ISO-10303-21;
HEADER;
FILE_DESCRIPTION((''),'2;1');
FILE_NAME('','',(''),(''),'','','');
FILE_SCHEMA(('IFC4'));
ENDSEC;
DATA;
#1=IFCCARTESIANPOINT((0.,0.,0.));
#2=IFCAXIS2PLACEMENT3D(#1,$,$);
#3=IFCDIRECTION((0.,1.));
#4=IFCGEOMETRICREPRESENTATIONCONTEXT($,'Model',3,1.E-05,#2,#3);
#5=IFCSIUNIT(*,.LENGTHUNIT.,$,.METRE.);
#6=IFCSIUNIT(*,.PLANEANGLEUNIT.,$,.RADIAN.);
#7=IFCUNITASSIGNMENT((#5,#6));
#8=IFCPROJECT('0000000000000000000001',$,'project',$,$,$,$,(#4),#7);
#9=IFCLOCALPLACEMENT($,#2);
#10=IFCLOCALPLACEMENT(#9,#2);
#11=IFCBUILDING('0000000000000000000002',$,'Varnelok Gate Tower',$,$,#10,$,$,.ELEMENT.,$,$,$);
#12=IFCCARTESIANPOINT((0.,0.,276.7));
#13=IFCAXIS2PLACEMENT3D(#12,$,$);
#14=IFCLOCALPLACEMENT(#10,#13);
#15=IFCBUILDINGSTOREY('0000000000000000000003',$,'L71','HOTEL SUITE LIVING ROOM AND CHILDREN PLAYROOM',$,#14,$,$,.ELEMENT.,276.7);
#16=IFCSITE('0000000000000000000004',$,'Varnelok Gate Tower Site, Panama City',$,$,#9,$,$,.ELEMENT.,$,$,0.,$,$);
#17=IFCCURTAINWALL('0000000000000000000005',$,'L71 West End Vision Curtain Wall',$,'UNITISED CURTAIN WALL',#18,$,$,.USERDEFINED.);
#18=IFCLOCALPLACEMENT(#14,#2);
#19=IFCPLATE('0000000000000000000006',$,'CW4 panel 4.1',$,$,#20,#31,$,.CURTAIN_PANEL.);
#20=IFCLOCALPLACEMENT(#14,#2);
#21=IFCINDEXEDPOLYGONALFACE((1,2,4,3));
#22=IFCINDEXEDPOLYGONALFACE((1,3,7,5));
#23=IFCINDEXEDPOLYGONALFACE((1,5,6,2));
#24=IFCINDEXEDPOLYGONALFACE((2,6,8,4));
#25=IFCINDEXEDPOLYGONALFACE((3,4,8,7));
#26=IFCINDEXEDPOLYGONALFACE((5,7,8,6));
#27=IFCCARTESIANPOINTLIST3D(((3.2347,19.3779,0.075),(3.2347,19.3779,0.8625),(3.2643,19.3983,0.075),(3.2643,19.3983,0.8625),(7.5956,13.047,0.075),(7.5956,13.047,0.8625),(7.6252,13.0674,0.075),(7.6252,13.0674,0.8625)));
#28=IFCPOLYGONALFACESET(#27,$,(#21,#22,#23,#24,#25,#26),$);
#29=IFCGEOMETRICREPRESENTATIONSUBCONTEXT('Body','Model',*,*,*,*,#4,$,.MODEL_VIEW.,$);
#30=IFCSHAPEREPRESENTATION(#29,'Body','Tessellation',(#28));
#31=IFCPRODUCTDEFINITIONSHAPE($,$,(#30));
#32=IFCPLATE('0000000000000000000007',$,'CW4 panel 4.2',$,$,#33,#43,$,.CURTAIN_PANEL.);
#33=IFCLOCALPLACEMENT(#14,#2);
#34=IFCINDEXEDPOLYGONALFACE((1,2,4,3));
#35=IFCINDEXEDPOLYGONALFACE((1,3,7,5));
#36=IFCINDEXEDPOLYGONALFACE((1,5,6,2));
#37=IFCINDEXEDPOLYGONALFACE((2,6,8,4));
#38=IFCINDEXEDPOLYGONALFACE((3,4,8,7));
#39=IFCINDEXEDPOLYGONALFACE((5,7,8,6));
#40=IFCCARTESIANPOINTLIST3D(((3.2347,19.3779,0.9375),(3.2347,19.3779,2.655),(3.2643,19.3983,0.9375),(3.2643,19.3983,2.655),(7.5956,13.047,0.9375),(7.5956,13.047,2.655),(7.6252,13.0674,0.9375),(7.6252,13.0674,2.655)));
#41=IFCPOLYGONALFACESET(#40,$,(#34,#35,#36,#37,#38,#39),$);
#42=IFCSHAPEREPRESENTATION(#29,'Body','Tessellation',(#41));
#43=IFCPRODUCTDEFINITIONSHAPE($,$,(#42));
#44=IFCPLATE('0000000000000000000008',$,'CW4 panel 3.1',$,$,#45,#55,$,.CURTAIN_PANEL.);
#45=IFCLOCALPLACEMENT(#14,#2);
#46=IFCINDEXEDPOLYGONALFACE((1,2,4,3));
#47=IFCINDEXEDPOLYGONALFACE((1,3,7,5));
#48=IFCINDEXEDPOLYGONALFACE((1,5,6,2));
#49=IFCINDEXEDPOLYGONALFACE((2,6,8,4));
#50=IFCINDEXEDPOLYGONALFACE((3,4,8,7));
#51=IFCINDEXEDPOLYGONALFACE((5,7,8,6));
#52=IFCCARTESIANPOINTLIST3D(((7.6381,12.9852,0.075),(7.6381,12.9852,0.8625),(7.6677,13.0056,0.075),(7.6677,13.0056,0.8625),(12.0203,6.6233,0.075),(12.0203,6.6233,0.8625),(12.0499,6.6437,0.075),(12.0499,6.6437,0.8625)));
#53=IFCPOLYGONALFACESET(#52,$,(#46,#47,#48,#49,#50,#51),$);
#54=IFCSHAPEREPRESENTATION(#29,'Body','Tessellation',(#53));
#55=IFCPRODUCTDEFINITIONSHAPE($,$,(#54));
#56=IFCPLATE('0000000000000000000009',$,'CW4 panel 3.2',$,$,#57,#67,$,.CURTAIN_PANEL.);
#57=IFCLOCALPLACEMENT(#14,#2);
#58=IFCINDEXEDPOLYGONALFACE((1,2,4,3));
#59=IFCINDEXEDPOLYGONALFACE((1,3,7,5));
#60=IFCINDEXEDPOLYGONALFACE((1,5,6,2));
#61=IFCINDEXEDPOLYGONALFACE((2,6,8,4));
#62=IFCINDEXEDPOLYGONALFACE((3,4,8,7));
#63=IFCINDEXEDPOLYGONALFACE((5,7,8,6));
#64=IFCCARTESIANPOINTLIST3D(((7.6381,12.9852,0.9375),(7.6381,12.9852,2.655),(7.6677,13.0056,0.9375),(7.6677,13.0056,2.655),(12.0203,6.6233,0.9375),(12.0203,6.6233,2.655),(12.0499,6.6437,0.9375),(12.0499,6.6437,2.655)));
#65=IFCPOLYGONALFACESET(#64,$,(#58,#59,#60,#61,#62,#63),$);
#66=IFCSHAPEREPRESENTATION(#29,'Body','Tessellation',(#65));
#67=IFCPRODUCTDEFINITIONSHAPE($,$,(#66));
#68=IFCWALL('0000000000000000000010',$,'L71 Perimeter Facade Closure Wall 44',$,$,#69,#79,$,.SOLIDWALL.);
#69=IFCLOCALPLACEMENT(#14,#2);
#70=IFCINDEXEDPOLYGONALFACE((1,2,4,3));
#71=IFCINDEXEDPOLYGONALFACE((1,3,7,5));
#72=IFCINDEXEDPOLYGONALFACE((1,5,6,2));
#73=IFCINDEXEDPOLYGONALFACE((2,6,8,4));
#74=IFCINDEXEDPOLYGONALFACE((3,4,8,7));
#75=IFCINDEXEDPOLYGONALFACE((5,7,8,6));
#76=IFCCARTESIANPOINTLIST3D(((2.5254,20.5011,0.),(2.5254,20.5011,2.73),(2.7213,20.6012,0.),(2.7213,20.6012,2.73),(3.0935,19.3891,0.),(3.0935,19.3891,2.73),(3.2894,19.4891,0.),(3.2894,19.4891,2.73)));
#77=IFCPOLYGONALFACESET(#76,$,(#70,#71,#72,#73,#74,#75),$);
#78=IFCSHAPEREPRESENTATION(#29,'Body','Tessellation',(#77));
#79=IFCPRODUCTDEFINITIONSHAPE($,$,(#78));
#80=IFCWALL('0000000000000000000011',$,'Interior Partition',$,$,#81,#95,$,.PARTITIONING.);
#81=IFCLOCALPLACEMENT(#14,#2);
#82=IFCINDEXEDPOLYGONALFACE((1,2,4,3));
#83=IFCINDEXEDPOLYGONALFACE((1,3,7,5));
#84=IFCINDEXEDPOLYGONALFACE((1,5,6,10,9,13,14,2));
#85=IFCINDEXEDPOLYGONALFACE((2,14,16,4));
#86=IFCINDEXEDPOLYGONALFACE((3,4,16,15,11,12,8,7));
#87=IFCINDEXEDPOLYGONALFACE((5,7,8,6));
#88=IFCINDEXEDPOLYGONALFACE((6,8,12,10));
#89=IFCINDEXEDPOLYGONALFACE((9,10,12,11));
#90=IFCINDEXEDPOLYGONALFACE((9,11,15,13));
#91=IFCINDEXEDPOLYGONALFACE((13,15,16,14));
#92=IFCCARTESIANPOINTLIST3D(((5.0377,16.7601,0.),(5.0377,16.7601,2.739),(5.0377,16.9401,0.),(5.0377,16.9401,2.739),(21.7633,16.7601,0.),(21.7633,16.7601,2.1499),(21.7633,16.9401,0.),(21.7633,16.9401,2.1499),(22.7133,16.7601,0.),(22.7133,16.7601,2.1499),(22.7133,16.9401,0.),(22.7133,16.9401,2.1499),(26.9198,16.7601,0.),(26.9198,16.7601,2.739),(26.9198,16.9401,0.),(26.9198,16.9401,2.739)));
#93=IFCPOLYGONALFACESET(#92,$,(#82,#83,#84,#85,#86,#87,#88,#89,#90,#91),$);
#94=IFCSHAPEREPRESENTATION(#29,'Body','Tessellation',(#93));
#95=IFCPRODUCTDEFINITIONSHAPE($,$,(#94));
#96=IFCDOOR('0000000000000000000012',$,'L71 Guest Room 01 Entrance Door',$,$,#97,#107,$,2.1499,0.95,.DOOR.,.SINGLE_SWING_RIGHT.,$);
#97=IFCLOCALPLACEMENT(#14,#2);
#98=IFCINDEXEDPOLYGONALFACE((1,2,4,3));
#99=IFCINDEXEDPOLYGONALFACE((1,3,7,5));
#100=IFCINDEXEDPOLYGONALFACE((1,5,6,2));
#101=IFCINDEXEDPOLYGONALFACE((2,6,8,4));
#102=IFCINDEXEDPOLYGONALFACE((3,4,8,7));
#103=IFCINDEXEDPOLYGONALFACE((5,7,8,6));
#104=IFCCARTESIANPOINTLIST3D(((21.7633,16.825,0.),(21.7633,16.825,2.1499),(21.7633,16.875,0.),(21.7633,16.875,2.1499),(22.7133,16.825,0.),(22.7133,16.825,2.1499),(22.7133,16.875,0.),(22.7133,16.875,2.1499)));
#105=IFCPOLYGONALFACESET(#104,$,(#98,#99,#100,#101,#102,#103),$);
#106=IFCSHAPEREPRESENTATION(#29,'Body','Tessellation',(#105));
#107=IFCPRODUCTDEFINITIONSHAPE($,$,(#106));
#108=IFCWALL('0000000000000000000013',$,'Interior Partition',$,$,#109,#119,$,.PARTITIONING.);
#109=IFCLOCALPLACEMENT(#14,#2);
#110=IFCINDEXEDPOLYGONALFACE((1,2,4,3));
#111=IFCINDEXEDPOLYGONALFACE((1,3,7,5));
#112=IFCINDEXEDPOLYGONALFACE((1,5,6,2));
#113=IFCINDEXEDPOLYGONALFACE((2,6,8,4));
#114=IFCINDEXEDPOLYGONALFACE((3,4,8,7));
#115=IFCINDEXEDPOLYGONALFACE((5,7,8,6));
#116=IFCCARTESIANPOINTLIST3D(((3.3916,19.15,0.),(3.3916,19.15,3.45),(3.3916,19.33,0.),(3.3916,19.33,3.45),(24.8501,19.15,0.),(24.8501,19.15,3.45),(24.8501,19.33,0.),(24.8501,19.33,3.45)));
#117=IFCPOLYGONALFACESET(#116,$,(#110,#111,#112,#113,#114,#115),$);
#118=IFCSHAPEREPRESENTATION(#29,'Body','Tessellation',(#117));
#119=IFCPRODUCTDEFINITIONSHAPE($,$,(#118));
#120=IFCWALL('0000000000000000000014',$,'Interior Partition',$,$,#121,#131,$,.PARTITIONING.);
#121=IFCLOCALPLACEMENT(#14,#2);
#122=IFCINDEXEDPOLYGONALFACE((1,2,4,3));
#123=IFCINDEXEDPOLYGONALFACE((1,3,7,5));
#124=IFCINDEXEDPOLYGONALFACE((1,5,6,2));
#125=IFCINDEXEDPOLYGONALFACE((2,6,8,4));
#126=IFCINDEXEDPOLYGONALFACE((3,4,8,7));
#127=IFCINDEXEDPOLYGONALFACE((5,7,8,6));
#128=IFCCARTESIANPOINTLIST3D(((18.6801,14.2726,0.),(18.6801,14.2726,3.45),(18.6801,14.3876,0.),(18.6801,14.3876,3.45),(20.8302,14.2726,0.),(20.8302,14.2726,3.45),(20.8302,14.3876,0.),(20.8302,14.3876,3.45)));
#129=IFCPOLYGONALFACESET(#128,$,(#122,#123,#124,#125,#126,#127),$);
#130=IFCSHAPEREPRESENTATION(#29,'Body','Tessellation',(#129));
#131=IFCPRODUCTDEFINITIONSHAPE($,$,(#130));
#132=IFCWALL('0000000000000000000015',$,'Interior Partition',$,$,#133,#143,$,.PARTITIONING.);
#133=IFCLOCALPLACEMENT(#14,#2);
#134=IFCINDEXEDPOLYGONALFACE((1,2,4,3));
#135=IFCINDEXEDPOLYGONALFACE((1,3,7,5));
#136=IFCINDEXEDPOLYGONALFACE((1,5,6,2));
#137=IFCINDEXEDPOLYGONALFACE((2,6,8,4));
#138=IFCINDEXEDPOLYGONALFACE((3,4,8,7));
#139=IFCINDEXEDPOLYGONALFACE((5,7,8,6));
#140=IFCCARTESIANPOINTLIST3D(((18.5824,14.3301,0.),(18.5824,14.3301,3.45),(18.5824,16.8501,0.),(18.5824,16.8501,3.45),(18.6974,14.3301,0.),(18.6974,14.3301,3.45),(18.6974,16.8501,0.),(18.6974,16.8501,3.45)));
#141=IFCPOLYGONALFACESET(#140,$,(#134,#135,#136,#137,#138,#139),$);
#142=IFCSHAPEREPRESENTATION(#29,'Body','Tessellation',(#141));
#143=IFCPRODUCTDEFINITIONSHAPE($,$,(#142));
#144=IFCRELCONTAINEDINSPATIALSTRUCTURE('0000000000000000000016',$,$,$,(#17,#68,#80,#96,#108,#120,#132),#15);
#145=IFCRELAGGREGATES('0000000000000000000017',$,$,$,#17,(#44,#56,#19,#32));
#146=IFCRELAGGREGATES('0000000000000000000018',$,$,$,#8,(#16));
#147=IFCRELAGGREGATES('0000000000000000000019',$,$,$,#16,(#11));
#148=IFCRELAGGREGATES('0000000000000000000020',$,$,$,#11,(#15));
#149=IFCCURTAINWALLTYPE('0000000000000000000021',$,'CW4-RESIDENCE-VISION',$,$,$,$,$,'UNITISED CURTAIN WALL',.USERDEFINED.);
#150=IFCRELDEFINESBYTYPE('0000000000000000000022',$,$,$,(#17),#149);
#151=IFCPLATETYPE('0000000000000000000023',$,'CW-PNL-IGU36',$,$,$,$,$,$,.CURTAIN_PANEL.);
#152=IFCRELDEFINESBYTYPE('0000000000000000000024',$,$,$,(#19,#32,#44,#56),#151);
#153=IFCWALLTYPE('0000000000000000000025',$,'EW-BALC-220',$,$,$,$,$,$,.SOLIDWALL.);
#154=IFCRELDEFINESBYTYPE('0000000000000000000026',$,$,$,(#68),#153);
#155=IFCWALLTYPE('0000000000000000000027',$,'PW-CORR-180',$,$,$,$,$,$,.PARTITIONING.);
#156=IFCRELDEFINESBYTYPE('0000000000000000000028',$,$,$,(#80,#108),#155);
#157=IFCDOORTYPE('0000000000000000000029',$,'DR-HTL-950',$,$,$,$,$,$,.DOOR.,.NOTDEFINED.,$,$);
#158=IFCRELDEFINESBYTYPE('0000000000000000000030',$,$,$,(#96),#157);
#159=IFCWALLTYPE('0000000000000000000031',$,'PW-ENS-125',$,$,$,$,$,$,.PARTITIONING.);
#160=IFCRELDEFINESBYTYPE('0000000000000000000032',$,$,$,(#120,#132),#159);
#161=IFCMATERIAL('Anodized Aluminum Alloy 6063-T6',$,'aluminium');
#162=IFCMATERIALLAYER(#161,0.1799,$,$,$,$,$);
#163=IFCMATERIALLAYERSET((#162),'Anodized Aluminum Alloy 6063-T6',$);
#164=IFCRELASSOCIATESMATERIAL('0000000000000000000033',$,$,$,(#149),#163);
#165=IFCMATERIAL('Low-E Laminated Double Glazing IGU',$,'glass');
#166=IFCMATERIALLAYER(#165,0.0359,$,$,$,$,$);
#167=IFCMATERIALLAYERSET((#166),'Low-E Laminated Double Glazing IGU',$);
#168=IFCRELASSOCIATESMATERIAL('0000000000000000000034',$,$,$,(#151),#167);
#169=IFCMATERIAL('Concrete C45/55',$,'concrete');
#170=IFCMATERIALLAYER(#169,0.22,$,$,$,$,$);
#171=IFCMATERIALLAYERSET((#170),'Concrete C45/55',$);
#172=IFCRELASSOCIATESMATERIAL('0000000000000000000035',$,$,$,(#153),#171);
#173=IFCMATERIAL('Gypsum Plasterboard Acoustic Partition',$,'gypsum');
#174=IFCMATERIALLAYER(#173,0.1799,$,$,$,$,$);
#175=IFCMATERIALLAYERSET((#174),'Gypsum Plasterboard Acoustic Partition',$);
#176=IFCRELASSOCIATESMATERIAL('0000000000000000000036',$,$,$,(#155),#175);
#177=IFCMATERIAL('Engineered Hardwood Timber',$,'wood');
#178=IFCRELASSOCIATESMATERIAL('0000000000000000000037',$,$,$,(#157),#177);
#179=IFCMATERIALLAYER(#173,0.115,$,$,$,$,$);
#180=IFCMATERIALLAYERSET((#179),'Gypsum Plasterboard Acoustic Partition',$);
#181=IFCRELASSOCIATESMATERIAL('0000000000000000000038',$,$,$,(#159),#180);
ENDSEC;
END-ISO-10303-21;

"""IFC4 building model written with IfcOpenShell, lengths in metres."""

from ifc_helpers import new_model, si_unit, direction, frame, frame_2d, origin, origin_2d, place, context, subcontext, project, spatial, rectangle, extrude, source, transform, mapped, material, layer, layer_set, type_object, element, fill, aggregate, save


model = new_model("IFC4")

# Units and contexts
model_context = context("Model", 3, precision=1e-05, world=origin(), true_north=direction((0.0, 1.0)))
body_context = subcontext(model_context, "Body", "Model", "MODEL_VIEW")
ifc_project = project(units=[si_unit("LENGTHUNIT", "METRE"), si_unit("PLANEANGLEUNIT", "RADIAN")], contexts=[model_context])

# Site, building, storey
site_placement = place(None, origin())
site = spatial("IfcSite", under=ifc_project, at=site_placement, Name="Varnelok Gate Tower Site, Panama City", CompositionType="ELEMENT", RefElevation=0.0)
building_placement = place(site_placement, origin())
building = spatial("IfcBuilding", under=site, at=building_placement, Name="Varnelok Gate Tower", CompositionType="ELEMENT")
storey_placement = place(building_placement, frame((0.0, 0.0, 276.7)))
storey = spatial("IfcBuildingStorey", under=building, at=storey_placement, Name="L71", Description="HOTEL SUITE LIVING ROOM AND CHILDREN PLAYROOM", CompositionType="ELEMENT", Elevation=276.7)

# Curtain wall, plates
ifc_material_1 = material(Name="Anodized Aluminum Alloy 6063-T6", Category="aluminium")
ifc_layer_1 = layer(ifc_material_1, 0.1799)
ifc_layer_set_1 = layer_set([ifc_layer_1], Name="Anodized Aluminum Alloy 6063-T6")
curtain_wall_type = type_object("IfcCurtainWallType", Name="CW4-RESIDENCE-VISION", ElementType="UNITISED CURTAIN WALL", PredefinedType="USERDEFINED", material=ifc_layer_set_1)
curtain_wall_placement = place(storey_placement, origin())
curtain_wall = element("IfcCurtainWall", 1, at=curtain_wall_placement, inside=storey, type_object=curtain_wall_type, Name="L71 West End Vision Curtain Wall", ObjectType="UNITISED CURTAIN WALL", PredefinedType="USERDEFINED")
ifc_material_2 = material(Name="Low-E Laminated Double Glazing IGU", Category="glass")
ifc_layer_2 = layer(ifc_material_2, 0.0359)
ifc_layer_set_2 = layer_set([ifc_layer_2], Name="Low-E Laminated Double Glazing IGU")
plate_type = type_object("IfcPlateType", Name="CW-PNL-IGU36", PredefinedType="CURTAIN_PANEL", material=ifc_layer_set_2)
shared_shape_1 = source(origin(), body_context, "Body", "SweptSolid", [
    extrude(rectangle(XDim=7.6875, YDim=0.0359, at=origin_2d()), origin(), (0.0, 0.0, 1.0), 0.7876),
])
plate_1_placement = place(storey_placement, frame((5.4299, 16.2227, 0.075), z_axis=(0.0, 0.0, 1.0), x_axis=(-0.567269, 0.823532, 0.0)))
plate_1 = element("IfcPlate", 2, at=plate_1_placement, type_object=plate_type, Name="CW4 panel 4.1", PredefinedType="CURTAIN_PANEL", context=body_context, shape_type="MappedRepresentation", body=[
    mapped(shared_shape_1, transform((0.0, 0.0, 0.0), scale=1.0)),
])
shared_shape_2 = source(origin(), body_context, "Body", "SweptSolid", [
    extrude(rectangle(XDim=7.6875, YDim=0.0359, at=origin_2d()), origin(), (0.0, 0.0, 1.0), 1.7175),
])
plate_2_placement = place(storey_placement, frame((5.4299, 16.2227, 0.9375), z_axis=(0.0, 0.0, 1.0), x_axis=(-0.567269, 0.823532, 0.0)))
plate_2 = element("IfcPlate", 3, at=plate_2_placement, type_object=plate_type, Name="CW4 panel 4.2", PredefinedType="CURTAIN_PANEL", context=body_context, shape_type="MappedRepresentation", body=[
    mapped(shared_shape_2, transform((0.0, 0.0, 0.0), scale=1.0)),
])
shared_shape_3 = source(origin(), body_context, "Body", "SweptSolid", [
    extrude(rectangle(XDim=7.7251, YDim=0.0359, at=origin_2d()), origin(), (0.0, 0.0, 1.0), 0.7876),
])
plate_3_placement = place(storey_placement, frame((9.844, 9.8145, 0.075), z_axis=(0.0, 0.0, 1.0), x_axis=(-0.567269, 0.823532, 0.0)))
plate_3 = element("IfcPlate", 4, at=plate_3_placement, type_object=plate_type, Name="CW4 panel 3.1", PredefinedType="CURTAIN_PANEL", context=body_context, shape_type="MappedRepresentation", body=[
    mapped(shared_shape_3, transform((0.0, 0.0, 0.0), scale=1.0)),
])
shared_shape_4 = source(origin(), body_context, "Body", "SweptSolid", [
    extrude(rectangle(XDim=7.7251, YDim=0.0359, at=origin_2d()), origin(), (0.0, 0.0, 1.0), 1.7175),
])
plate_4_placement = place(storey_placement, frame((9.844, 9.8145, 0.9375), z_axis=(0.0, 0.0, 1.0), x_axis=(-0.567269, 0.823532, 0.0)))
plate_4 = element("IfcPlate", 5, at=plate_4_placement, type_object=plate_type, Name="CW4 panel 3.2", PredefinedType="CURTAIN_PANEL", context=body_context, shape_type="MappedRepresentation", body=[
    mapped(shared_shape_4, transform((0.0, 0.0, 0.0), scale=1.0)),
])
aggregate(curtain_wall, [plate_3, plate_4, plate_1, plate_2])

# Wall
ifc_material_3 = material(Name="Concrete C45/55", Category="concrete")
ifc_layer_3 = layer(ifc_material_3, 0.22)
ifc_layer_set_3 = layer_set([ifc_layer_3], Name="Concrete C45/55")
wall_type_1 = type_object("IfcWallType", Name="EW-BALC-220", PredefinedType="SOLIDWALL", material=ifc_layer_set_3)
wall_1_placement = place(storey_placement, frame((2.6233, 20.5513, 0.0), z_axis=(0.0, 0.0, 1.0), x_axis=(0.454939, -0.890523, 0.0)))
element("IfcWall", 6, at=wall_1_placement, inside=storey, type_object=wall_type_1, Name="L71 Perimeter Facade Closure Wall 44", PredefinedType="SOLIDWALL", context=body_context, shape_type="SweptSolid", body=[
    extrude(rectangle(XDim=1.2488, YDim=0.22, at=frame_2d((0.6245, 0.0))), origin(), (0.0, 0.0, 1.0), 2.73),
])

# Wall, opening, door
ifc_material_4 = material(Name="Gypsum Plasterboard Acoustic Partition", Category="gypsum")
ifc_layer_4 = layer(ifc_material_4, 0.1799)
ifc_layer_set_4 = layer_set([ifc_layer_4], Name="Gypsum Plasterboard Acoustic Partition")
wall_type_2 = type_object("IfcWallType", Name="PW-CORR-180", PredefinedType="PARTITIONING", material=ifc_layer_set_4)
wall_2_placement = place(storey_placement, frame((5.0378, 16.8501, 0.0), z_axis=(0.0, 0.0, 1.0), x_axis=(1.0, 0.0, 0.0)))
wall_2 = element("IfcWall", 7, at=wall_2_placement, inside=storey, type_object=wall_type_2, Name="Interior Partition", PredefinedType="PARTITIONING", context=body_context, shape_type="SweptSolid", body=[
    extrude(rectangle(XDim=21.8821, YDim=0.1799, at=frame_2d((10.9409, 0.0))), origin(), (0.0, 0.0, 1.0), 2.739),
])
opening_placement = place(wall_2_placement, frame((16.7253, 0.0, 0.0)))
opening = element("IfcOpeningElement", 8, at=opening_placement, cuts=wall_2, PredefinedType="OPENING", context=body_context, shape_type="SweptSolid", body=[
    extrude(rectangle(XDim=0.95, YDim=2.1499, at=frame_2d((0.4751, 1.075))), frame((0.0, 0.0999, 0.0), z_axis=(0.0, -1.0, 0.0), x_axis=(1.0, 0.0, 0.0)), (0.0, 0.0, 1.0), 0.2),
])
ifc_material_5 = material(Name="Engineered Hardwood Timber", Category="wood")
door_type = type_object("IfcDoorType", Name="DR-HTL-950", OperationType="NOTDEFINED", PredefinedType="DOOR", material=ifc_material_5)
door_placement = place(opening_placement, origin())
door = element("IfcDoor", 9, at=door_placement, inside=storey, type_object=door_type, Name="L71 Guest Room 01 Entrance Door", OperationType="SINGLE_SWING_RIGHT", OverallHeight=2.1499, OverallWidth=0.95, PredefinedType="DOOR", context=body_context, shape_type="SweptSolid", body=[
    extrude(rectangle(XDim=0.95, YDim=2.1499, at=frame_2d((0.4751, 1.075))), frame((0.0, 0.0249, 0.0), z_axis=(0.0, -1.0, 0.0), x_axis=(1.0, 0.0, 0.0)), (0.0, 0.0, 1.0), 0.05),
])
fill(opening, door)

# Walls
wall_3_placement = place(storey_placement, frame((3.3916, 19.24, 0.0), z_axis=(0.0, 0.0, 1.0), x_axis=(1.0, 0.0, 0.0)))
element("IfcWall", 10, at=wall_3_placement, inside=storey, type_object=wall_type_2, Name="Interior Partition", PredefinedType="PARTITIONING", context=body_context, shape_type="SweptSolid", body=[
    extrude(rectangle(XDim=21.4585, YDim=0.1799, at=frame_2d((10.7292, 0.0))), origin(), (0.0, 0.0, 1.0), 3.45),
])
ifc_layer_5 = layer(ifc_material_4, 0.115)
ifc_layer_set_5 = layer_set([ifc_layer_5], Name="Gypsum Plasterboard Acoustic Partition")
wall_type_3 = type_object("IfcWallType", Name="PW-ENS-125", PredefinedType="PARTITIONING", material=ifc_layer_set_5)
wall_4_placement = place(storey_placement, frame((18.6799, 14.3301, 0.0), z_axis=(0.0, 0.0, 1.0), x_axis=(1.0, 0.0, 0.0)))
element("IfcWall", 11, at=wall_4_placement, inside=storey, type_object=wall_type_3, Name="Interior Partition", PredefinedType="PARTITIONING", context=body_context, shape_type="SweptSolid", body=[
    extrude(rectangle(XDim=2.1501, YDim=0.115, at=frame_2d((1.0752, 0.0))), origin(), (0.0, 0.0, 1.0), 3.45),
])
wall_5_placement = place(storey_placement, frame((18.6399, 14.3301, 0.0), z_axis=(0.0, 0.0, 1.0), x_axis=(0.0, 1.0, 0.0)))
element("IfcWall", 12, at=wall_5_placement, inside=storey, type_object=wall_type_3, Name="Interior Partition", PredefinedType="PARTITIONING", context=body_context, shape_type="SweptSolid", body=[
    extrude(rectangle(XDim=2.52, YDim=0.115, at=frame_2d((1.26, 0.0))), origin(), (0.0, 0.0, 1.0), 3.45),
])

save(model, "model.ifc")
